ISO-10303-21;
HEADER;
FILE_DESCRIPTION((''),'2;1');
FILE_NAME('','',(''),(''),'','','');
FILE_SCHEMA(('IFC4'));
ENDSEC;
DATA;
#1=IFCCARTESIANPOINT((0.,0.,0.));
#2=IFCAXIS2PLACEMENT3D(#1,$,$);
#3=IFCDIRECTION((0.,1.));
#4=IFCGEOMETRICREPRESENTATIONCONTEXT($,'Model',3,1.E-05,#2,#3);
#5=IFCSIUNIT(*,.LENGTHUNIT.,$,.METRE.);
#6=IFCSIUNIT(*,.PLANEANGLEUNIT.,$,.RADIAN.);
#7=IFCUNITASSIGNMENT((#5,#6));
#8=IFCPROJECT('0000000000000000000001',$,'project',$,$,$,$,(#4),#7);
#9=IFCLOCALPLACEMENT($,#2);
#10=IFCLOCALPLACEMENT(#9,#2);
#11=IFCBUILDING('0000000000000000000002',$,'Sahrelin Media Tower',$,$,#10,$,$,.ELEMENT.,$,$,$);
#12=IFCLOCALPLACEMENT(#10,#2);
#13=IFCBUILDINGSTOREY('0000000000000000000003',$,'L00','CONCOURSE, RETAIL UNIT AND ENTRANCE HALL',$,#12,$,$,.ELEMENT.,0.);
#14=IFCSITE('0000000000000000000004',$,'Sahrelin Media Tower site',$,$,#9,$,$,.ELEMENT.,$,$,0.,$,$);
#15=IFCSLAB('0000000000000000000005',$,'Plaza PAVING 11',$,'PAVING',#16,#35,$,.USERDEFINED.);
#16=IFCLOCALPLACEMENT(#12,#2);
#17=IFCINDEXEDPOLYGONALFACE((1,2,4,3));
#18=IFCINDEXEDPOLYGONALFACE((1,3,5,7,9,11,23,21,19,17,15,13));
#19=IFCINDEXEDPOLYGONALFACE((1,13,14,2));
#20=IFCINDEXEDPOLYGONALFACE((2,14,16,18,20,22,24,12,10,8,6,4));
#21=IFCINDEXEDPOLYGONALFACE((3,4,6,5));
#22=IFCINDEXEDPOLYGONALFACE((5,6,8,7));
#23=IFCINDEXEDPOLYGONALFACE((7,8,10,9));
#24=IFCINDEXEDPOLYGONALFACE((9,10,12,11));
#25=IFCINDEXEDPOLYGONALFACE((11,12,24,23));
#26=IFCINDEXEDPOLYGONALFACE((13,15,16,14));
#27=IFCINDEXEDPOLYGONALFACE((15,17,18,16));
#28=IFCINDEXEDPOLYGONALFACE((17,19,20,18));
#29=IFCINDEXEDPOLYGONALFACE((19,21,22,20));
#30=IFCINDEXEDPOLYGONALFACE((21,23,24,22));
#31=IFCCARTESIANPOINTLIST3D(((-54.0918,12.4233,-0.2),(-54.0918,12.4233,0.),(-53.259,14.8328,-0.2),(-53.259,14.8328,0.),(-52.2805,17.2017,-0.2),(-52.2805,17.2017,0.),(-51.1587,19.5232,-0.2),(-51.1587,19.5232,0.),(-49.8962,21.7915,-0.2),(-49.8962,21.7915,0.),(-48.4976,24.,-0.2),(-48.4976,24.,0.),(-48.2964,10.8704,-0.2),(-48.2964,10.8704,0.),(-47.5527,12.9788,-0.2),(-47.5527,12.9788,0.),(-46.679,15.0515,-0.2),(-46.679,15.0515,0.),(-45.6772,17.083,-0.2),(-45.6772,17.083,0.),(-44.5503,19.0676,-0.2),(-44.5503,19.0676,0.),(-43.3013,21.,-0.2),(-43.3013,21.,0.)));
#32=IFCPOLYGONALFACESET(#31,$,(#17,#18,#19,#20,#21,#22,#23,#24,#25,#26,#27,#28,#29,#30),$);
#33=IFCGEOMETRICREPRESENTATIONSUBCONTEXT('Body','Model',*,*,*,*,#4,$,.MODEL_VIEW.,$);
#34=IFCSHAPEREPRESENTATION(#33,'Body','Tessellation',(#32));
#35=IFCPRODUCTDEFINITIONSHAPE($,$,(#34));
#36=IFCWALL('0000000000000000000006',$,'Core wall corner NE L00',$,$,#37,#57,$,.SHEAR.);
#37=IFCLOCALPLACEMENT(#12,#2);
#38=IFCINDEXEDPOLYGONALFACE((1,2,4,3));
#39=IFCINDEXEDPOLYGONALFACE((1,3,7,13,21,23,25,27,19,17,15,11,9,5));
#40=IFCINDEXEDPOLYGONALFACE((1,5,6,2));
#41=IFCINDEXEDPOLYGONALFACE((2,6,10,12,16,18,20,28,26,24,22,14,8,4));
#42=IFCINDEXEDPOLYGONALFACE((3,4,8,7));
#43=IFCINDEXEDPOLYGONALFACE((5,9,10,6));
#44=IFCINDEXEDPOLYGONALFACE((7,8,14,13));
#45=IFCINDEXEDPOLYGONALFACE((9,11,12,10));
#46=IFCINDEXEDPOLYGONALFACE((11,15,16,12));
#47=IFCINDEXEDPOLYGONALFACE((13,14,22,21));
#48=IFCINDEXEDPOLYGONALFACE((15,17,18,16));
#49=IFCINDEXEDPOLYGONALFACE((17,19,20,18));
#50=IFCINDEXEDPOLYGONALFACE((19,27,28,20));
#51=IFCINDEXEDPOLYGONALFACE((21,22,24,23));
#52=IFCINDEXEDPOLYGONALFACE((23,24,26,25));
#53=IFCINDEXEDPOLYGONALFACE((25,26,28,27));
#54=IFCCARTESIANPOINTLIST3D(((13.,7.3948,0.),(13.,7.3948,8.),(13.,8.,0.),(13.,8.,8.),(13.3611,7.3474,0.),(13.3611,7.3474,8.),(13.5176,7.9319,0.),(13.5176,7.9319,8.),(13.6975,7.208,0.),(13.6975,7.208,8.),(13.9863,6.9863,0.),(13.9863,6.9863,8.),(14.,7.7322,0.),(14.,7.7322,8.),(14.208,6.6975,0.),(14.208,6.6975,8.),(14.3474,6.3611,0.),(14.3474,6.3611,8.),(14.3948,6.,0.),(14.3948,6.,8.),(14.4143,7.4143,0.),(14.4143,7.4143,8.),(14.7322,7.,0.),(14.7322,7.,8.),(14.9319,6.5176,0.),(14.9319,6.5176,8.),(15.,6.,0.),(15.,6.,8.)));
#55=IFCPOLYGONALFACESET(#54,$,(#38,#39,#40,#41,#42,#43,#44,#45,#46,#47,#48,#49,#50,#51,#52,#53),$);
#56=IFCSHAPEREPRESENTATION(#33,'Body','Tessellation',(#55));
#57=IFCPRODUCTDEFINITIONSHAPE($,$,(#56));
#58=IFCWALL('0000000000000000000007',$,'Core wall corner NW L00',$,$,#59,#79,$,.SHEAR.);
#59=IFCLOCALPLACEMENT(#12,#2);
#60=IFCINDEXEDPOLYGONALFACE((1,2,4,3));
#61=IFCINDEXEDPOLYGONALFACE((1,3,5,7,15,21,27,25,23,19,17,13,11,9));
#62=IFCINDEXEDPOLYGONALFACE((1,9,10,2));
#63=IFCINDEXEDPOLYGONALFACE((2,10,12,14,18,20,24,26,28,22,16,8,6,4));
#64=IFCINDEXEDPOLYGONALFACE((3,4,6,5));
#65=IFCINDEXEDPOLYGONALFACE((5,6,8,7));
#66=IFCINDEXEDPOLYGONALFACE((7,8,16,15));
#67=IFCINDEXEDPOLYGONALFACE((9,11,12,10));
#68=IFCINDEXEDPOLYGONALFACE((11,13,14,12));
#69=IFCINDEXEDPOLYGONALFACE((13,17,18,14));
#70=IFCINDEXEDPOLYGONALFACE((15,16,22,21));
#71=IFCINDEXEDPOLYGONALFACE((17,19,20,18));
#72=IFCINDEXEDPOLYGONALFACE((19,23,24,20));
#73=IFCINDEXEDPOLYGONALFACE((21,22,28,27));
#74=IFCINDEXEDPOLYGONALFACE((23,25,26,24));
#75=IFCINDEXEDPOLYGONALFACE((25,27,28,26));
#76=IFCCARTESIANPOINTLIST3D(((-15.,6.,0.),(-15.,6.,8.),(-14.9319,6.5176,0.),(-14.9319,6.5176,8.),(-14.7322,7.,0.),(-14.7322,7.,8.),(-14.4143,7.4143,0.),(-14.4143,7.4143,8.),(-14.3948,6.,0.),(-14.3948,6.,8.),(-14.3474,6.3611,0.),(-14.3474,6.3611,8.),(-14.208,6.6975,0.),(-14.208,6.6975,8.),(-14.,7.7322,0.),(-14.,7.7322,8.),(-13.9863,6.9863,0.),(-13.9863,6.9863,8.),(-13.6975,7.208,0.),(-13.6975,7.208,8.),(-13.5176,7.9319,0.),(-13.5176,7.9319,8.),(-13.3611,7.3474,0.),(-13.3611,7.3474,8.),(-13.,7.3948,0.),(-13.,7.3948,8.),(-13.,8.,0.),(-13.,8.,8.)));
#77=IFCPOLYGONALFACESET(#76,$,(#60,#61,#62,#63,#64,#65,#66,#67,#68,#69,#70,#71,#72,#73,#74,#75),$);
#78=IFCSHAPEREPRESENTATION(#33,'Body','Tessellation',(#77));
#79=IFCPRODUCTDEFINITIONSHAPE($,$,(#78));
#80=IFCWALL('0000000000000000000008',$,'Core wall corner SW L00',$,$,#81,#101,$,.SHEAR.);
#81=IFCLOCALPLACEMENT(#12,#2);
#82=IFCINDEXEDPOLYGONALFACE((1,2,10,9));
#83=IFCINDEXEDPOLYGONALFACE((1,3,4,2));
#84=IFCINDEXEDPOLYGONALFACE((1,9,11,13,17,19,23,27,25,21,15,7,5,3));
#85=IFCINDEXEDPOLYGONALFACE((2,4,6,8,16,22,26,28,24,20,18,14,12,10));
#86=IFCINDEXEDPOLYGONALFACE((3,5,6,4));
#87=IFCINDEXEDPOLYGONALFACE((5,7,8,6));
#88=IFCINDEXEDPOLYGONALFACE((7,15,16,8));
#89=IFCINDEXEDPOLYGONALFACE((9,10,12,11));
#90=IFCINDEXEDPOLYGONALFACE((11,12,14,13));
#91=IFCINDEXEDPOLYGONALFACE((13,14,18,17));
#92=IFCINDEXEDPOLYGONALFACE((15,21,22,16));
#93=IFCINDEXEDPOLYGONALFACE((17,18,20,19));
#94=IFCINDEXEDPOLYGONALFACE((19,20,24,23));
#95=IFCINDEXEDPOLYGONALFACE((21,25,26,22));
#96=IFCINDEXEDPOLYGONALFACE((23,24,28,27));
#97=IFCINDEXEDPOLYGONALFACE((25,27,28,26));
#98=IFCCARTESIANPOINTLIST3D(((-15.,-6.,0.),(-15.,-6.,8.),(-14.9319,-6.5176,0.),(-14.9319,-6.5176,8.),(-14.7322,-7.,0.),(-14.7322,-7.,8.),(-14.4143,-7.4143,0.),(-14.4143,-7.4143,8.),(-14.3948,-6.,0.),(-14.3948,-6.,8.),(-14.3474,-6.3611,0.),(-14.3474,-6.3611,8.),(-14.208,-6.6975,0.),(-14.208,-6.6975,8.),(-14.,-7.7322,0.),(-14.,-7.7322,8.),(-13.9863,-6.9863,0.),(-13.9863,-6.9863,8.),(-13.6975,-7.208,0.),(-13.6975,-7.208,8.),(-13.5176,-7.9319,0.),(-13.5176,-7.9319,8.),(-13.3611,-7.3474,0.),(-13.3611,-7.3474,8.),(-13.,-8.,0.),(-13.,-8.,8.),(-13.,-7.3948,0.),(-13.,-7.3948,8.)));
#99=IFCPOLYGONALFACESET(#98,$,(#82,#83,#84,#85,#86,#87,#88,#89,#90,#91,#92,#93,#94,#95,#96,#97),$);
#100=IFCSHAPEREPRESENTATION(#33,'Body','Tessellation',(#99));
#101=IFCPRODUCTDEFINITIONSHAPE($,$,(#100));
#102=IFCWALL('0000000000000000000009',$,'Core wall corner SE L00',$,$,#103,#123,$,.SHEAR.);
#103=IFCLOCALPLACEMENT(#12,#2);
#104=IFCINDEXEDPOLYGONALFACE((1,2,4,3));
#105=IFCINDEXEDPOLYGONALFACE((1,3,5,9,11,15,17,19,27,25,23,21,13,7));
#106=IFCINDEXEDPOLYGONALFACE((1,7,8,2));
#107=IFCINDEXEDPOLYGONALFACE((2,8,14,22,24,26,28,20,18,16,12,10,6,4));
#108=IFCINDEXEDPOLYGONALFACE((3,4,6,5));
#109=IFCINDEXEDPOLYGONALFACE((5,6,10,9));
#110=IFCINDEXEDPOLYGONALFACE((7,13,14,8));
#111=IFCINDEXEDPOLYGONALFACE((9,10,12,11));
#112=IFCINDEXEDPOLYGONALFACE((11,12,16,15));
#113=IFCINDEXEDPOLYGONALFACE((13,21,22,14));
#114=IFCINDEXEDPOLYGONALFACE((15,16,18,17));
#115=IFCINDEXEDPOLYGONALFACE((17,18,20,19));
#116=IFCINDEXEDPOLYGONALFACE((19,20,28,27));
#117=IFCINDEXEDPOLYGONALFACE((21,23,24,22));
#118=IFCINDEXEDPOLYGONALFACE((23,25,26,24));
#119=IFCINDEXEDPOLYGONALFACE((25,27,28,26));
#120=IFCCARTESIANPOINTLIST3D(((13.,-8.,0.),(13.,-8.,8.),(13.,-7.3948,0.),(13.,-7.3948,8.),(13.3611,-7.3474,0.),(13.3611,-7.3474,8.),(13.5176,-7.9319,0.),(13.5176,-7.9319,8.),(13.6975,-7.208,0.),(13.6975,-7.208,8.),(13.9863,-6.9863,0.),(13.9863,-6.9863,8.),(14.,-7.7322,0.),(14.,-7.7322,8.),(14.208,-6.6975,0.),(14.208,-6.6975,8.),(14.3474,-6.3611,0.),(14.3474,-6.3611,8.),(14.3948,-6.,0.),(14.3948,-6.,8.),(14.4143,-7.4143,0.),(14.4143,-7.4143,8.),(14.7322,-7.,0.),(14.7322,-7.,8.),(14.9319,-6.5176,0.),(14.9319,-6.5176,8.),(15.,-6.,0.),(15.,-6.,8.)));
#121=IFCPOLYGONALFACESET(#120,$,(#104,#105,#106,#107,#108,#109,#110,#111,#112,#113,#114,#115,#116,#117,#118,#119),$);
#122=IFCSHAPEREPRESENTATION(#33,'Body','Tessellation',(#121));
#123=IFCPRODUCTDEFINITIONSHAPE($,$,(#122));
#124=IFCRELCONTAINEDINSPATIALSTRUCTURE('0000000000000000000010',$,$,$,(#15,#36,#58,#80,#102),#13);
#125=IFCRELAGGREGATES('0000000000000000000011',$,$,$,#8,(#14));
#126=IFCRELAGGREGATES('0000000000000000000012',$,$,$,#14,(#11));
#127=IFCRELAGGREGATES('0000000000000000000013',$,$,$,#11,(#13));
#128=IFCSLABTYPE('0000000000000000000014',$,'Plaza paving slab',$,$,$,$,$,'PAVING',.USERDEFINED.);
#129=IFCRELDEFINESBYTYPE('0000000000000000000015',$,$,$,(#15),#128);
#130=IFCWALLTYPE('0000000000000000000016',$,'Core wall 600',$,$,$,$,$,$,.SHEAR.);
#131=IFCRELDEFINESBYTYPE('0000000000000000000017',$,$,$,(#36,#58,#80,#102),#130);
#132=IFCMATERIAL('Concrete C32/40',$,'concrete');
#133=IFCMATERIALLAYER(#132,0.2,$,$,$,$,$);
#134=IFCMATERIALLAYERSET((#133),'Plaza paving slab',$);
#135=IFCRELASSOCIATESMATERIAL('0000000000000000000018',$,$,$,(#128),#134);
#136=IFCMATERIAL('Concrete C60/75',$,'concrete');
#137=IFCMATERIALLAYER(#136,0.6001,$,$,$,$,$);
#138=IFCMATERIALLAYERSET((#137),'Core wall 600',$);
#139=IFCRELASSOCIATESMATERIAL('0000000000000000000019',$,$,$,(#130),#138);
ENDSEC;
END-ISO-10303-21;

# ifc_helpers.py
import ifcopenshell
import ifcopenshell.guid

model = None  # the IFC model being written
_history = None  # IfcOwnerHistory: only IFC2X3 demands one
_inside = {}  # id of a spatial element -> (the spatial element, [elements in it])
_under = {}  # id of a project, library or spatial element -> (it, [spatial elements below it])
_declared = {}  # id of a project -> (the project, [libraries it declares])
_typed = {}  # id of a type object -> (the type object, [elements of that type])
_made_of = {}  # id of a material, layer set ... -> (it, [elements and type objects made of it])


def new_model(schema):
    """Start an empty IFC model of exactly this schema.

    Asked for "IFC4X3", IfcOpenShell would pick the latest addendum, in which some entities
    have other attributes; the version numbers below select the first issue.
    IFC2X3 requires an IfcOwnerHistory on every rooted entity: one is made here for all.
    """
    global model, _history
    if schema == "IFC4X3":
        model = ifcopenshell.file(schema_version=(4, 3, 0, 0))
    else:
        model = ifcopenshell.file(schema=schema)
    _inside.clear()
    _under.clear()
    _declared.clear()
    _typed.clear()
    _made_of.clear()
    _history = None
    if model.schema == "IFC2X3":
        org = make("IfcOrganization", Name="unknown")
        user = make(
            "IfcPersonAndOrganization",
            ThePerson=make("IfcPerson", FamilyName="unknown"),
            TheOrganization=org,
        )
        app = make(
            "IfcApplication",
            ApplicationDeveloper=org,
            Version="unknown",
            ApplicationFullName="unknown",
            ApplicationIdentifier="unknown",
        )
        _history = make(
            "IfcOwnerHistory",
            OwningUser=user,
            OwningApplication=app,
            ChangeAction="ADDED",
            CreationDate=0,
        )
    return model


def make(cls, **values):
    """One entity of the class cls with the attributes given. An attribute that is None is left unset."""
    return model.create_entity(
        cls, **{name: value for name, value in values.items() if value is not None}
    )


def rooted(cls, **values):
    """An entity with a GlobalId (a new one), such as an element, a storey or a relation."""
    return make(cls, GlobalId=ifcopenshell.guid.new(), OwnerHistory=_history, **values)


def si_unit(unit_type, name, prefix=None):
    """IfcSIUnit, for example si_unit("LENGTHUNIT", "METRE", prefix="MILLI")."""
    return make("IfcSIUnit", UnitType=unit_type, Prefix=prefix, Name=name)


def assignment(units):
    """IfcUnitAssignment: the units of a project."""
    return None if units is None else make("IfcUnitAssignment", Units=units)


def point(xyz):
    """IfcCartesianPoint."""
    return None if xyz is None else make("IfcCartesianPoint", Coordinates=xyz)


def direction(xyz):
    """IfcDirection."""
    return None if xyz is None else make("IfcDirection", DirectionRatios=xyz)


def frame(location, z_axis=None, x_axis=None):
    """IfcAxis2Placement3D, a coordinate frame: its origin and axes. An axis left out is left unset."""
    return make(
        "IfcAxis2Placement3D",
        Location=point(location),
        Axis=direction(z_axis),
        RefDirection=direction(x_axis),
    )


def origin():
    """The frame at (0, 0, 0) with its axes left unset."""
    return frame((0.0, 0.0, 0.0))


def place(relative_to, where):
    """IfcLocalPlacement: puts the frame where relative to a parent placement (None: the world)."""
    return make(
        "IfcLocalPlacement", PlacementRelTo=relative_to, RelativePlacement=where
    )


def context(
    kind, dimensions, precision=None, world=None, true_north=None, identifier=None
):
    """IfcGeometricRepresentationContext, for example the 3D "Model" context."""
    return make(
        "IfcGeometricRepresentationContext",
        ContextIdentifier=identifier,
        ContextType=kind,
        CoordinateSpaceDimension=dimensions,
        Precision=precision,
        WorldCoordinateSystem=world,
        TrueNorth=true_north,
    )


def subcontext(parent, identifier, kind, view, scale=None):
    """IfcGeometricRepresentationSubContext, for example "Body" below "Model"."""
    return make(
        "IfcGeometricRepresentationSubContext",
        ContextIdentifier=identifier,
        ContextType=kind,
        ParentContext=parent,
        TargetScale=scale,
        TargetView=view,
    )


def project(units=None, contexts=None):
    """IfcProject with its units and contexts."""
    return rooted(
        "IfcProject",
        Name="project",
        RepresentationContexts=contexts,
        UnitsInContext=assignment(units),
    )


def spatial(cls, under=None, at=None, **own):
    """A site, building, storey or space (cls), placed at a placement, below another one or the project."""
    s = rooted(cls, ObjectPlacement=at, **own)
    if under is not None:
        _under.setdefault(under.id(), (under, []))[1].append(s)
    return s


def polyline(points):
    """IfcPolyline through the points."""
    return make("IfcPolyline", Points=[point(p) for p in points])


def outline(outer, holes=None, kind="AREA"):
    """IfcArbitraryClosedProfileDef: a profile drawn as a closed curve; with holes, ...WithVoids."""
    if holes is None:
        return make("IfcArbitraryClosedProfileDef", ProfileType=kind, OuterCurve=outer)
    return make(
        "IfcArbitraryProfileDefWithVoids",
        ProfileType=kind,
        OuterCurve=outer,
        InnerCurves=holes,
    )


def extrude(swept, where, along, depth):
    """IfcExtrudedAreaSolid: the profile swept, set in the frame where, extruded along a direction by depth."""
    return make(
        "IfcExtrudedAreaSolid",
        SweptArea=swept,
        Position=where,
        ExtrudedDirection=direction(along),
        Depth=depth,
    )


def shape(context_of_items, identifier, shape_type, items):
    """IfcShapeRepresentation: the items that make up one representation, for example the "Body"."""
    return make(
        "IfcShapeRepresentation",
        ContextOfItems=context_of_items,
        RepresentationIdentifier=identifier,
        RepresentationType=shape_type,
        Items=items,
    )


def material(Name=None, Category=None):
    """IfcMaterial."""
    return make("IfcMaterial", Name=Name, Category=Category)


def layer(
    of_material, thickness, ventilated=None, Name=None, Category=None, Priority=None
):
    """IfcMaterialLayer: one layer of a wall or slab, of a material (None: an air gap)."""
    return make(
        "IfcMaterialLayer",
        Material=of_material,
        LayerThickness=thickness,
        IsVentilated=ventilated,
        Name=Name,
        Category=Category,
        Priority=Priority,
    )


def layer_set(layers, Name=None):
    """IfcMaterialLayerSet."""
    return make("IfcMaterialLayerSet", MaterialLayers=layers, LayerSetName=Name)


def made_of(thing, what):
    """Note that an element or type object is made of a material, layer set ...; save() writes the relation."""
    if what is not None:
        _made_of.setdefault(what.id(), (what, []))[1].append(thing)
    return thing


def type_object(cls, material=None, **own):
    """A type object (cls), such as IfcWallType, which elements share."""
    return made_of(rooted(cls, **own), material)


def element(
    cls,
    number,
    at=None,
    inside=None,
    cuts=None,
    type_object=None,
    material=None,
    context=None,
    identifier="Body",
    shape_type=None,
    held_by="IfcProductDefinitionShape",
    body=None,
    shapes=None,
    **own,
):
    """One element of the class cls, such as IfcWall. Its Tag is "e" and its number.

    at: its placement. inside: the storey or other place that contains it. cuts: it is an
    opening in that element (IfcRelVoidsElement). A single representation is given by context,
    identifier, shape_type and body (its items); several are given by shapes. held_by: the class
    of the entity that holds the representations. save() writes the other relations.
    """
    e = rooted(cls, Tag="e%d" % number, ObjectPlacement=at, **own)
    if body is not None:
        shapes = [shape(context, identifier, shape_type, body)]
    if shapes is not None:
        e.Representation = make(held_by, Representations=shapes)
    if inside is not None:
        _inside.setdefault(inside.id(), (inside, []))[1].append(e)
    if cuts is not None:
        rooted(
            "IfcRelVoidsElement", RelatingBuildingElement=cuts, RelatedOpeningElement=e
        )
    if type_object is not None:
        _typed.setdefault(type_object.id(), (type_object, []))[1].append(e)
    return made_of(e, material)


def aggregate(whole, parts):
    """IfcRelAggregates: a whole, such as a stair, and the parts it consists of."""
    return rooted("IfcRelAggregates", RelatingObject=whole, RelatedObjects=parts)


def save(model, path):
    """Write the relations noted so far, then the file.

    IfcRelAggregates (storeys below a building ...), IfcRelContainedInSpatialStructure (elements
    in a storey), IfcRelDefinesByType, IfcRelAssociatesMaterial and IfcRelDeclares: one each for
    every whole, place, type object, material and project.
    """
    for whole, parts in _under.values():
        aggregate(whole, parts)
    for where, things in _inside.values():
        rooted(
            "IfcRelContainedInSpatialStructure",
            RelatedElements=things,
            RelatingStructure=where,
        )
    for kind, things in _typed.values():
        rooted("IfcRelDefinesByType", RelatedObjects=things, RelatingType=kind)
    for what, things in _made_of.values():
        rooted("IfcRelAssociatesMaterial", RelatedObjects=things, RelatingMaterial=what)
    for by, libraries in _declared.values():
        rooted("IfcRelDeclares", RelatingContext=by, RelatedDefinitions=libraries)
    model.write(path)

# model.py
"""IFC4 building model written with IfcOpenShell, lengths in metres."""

from ifc_helpers import new_model, si_unit, direction, frame, origin, place, context, subcontext, project, spatial, polyline, outline, extrude, material, layer, layer_set, type_object, element, save


model = new_model("IFC4")

# Units and contexts
model_context = context("Model", 3, precision=1e-05, world=origin(), true_north=direction((0.0, 1.0)))
body_context = subcontext(model_context, "Body", "Model", "MODEL_VIEW")
ifc_project = project(units=[si_unit("LENGTHUNIT", "METRE"), si_unit("PLANEANGLEUNIT", "RADIAN")], contexts=[model_context])

# Site, building, storey
site_placement = place(None, origin())
site = spatial("IfcSite", under=ifc_project, at=site_placement, Name="Sahrelin Media Tower site", CompositionType="ELEMENT", RefElevation=0.0)
building_placement = place(site_placement, origin())
building = spatial("IfcBuilding", under=site, at=building_placement, Name="Sahrelin Media Tower", CompositionType="ELEMENT")
storey_placement = place(building_placement, origin())
storey = spatial("IfcBuildingStorey", under=building, at=storey_placement, Name="L00", Description="CONCOURSE, RETAIL UNIT AND ENTRANCE HALL", CompositionType="ELEMENT", Elevation=0.0)

# Slab
ifc_material_1 = material(Name="Concrete C32/40", Category="concrete")
ifc_layer_1 = layer(ifc_material_1, 0.2)
ifc_layer_set_1 = layer_set([ifc_layer_1], Name="Plaza paving slab")
slab_type_1 = type_object("IfcSlabType", Name="Plaza paving slab", ElementType="PAVING", PredefinedType="USERDEFINED", material=ifc_layer_set_1)
placement_1 = place(storey_placement, frame((0.0, 0.0, -0.2)))
element("IfcSlab", 1, at=placement_1, inside=storey, type_object=slab_type_1, Name="Plaza PAVING 11", ObjectType="PAVING", PredefinedType="USERDEFINED", context=body_context, shape_type="SweptSolid", body=[
    extrude(outline(polyline([(-43.3013, 21.0), (-44.5503, 19.0676), (-45.6772, 17.083), (-46.679, 15.0515), (-47.5527, 12.9788), (-48.2964, 10.8704), (-54.0918, 12.4233), (-53.259, 14.8328), (-52.2805, 17.2017), (-51.1587, 19.5232), (-49.8962, 21.7915), (-48.4976, 24.0), (-43.3013, 21.0)])), origin(), (0.0, 0.0, 1.0), 0.2),
])

# Walls
ifc_material_2 = material(Name="Concrete C60/75", Category="concrete")
ifc_layer_2 = layer(ifc_material_2, 0.6001)
ifc_layer_set_2 = layer_set([ifc_layer_2], Name="Core wall 600")
wall_type_1 = type_object("IfcWallType", Name="Core wall 600", PredefinedType="SHEAR", material=ifc_layer_set_2)
placement_2 = place(storey_placement, origin())
element("IfcWall", 2, at=placement_2, inside=storey, type_object=wall_type_1, Name="Core wall corner NE L00", PredefinedType="SHEAR", context=body_context, shape_type="SweptSolid", body=[
    extrude(outline(polyline([(13.0, 8.0), (13.0, 7.3948), (13.3611, 7.3474), (13.6975, 7.208), (13.9863, 6.9863), (14.208, 6.6975), (14.3474, 6.3611), (14.3948, 6.0), (15.0, 6.0), (14.9319, 6.5176), (14.7322, 7.0), (14.4143, 7.4143), (14.0, 7.7322), (13.5176, 7.9319), (13.0, 8.0)])), origin(), (0.0, 0.0, 1.0), 8.0),
])
element("IfcWall", 3, at=placement_2, inside=storey, type_object=wall_type_1, Name="Core wall corner NW L00", PredefinedType="SHEAR", context=body_context, shape_type="SweptSolid", body=[
    extrude(outline(polyline([(-15.0, 6.0), (-14.3948, 6.0), (-14.3474, 6.3611), (-14.208, 6.6975), (-13.9863, 6.9863), (-13.6975, 7.208), (-13.3611, 7.3474), (-13.0, 7.3948), (-13.0, 8.0), (-13.5176, 7.9319), (-14.0, 7.7322), (-14.4143, 7.4143), (-14.7322, 7.0), (-14.9319, 6.5176), (-15.0, 6.0)])), origin(), (0.0, 0.0, 1.0), 8.0),
])
element("IfcWall", 4, at=placement_2, inside=storey, type_object=wall_type_1, Name="Core wall corner SW L00", PredefinedType="SHEAR", context=body_context, shape_type="SweptSolid", body=[
    extrude(outline(polyline([(-13.0, -8.0), (-13.0, -7.3948), (-13.3611, -7.3474), (-13.6975, -7.208), (-13.9863, -6.9863), (-14.208, -6.6975), (-14.3474, -6.3611), (-14.3948, -6.0), (-15.0, -6.0), (-14.9319, -6.5176), (-14.7322, -7.0), (-14.4143, -7.4143), (-14.0, -7.7322), (-13.5176, -7.9319), (-13.0, -8.0)])), origin(), (0.0, 0.0, 1.0), 8.0),
])
element("IfcWall", 5, at=placement_2, inside=storey, type_object=wall_type_1, Name="Core wall corner SE L00", PredefinedType="SHEAR", context=body_context, shape_type="SweptSolid", body=[
    extrude(outline(polyline([(15.0, -6.0), (14.3948, -6.0), (14.3474, -6.3611), (14.208, -6.6975), (13.9863, -6.9863), (13.6975, -7.208), (13.3611, -7.3474), (13.0, -7.3948), (13.0, -8.0), (13.5176, -7.9319), (14.0, -7.7322), (14.4143, -7.4143), (14.7322, -7.0), (14.9319, -6.5176), (15.0, -6.0)])), origin(), (0.0, 0.0, 1.0), 8.0),
])

save(model, "model.ifc")
